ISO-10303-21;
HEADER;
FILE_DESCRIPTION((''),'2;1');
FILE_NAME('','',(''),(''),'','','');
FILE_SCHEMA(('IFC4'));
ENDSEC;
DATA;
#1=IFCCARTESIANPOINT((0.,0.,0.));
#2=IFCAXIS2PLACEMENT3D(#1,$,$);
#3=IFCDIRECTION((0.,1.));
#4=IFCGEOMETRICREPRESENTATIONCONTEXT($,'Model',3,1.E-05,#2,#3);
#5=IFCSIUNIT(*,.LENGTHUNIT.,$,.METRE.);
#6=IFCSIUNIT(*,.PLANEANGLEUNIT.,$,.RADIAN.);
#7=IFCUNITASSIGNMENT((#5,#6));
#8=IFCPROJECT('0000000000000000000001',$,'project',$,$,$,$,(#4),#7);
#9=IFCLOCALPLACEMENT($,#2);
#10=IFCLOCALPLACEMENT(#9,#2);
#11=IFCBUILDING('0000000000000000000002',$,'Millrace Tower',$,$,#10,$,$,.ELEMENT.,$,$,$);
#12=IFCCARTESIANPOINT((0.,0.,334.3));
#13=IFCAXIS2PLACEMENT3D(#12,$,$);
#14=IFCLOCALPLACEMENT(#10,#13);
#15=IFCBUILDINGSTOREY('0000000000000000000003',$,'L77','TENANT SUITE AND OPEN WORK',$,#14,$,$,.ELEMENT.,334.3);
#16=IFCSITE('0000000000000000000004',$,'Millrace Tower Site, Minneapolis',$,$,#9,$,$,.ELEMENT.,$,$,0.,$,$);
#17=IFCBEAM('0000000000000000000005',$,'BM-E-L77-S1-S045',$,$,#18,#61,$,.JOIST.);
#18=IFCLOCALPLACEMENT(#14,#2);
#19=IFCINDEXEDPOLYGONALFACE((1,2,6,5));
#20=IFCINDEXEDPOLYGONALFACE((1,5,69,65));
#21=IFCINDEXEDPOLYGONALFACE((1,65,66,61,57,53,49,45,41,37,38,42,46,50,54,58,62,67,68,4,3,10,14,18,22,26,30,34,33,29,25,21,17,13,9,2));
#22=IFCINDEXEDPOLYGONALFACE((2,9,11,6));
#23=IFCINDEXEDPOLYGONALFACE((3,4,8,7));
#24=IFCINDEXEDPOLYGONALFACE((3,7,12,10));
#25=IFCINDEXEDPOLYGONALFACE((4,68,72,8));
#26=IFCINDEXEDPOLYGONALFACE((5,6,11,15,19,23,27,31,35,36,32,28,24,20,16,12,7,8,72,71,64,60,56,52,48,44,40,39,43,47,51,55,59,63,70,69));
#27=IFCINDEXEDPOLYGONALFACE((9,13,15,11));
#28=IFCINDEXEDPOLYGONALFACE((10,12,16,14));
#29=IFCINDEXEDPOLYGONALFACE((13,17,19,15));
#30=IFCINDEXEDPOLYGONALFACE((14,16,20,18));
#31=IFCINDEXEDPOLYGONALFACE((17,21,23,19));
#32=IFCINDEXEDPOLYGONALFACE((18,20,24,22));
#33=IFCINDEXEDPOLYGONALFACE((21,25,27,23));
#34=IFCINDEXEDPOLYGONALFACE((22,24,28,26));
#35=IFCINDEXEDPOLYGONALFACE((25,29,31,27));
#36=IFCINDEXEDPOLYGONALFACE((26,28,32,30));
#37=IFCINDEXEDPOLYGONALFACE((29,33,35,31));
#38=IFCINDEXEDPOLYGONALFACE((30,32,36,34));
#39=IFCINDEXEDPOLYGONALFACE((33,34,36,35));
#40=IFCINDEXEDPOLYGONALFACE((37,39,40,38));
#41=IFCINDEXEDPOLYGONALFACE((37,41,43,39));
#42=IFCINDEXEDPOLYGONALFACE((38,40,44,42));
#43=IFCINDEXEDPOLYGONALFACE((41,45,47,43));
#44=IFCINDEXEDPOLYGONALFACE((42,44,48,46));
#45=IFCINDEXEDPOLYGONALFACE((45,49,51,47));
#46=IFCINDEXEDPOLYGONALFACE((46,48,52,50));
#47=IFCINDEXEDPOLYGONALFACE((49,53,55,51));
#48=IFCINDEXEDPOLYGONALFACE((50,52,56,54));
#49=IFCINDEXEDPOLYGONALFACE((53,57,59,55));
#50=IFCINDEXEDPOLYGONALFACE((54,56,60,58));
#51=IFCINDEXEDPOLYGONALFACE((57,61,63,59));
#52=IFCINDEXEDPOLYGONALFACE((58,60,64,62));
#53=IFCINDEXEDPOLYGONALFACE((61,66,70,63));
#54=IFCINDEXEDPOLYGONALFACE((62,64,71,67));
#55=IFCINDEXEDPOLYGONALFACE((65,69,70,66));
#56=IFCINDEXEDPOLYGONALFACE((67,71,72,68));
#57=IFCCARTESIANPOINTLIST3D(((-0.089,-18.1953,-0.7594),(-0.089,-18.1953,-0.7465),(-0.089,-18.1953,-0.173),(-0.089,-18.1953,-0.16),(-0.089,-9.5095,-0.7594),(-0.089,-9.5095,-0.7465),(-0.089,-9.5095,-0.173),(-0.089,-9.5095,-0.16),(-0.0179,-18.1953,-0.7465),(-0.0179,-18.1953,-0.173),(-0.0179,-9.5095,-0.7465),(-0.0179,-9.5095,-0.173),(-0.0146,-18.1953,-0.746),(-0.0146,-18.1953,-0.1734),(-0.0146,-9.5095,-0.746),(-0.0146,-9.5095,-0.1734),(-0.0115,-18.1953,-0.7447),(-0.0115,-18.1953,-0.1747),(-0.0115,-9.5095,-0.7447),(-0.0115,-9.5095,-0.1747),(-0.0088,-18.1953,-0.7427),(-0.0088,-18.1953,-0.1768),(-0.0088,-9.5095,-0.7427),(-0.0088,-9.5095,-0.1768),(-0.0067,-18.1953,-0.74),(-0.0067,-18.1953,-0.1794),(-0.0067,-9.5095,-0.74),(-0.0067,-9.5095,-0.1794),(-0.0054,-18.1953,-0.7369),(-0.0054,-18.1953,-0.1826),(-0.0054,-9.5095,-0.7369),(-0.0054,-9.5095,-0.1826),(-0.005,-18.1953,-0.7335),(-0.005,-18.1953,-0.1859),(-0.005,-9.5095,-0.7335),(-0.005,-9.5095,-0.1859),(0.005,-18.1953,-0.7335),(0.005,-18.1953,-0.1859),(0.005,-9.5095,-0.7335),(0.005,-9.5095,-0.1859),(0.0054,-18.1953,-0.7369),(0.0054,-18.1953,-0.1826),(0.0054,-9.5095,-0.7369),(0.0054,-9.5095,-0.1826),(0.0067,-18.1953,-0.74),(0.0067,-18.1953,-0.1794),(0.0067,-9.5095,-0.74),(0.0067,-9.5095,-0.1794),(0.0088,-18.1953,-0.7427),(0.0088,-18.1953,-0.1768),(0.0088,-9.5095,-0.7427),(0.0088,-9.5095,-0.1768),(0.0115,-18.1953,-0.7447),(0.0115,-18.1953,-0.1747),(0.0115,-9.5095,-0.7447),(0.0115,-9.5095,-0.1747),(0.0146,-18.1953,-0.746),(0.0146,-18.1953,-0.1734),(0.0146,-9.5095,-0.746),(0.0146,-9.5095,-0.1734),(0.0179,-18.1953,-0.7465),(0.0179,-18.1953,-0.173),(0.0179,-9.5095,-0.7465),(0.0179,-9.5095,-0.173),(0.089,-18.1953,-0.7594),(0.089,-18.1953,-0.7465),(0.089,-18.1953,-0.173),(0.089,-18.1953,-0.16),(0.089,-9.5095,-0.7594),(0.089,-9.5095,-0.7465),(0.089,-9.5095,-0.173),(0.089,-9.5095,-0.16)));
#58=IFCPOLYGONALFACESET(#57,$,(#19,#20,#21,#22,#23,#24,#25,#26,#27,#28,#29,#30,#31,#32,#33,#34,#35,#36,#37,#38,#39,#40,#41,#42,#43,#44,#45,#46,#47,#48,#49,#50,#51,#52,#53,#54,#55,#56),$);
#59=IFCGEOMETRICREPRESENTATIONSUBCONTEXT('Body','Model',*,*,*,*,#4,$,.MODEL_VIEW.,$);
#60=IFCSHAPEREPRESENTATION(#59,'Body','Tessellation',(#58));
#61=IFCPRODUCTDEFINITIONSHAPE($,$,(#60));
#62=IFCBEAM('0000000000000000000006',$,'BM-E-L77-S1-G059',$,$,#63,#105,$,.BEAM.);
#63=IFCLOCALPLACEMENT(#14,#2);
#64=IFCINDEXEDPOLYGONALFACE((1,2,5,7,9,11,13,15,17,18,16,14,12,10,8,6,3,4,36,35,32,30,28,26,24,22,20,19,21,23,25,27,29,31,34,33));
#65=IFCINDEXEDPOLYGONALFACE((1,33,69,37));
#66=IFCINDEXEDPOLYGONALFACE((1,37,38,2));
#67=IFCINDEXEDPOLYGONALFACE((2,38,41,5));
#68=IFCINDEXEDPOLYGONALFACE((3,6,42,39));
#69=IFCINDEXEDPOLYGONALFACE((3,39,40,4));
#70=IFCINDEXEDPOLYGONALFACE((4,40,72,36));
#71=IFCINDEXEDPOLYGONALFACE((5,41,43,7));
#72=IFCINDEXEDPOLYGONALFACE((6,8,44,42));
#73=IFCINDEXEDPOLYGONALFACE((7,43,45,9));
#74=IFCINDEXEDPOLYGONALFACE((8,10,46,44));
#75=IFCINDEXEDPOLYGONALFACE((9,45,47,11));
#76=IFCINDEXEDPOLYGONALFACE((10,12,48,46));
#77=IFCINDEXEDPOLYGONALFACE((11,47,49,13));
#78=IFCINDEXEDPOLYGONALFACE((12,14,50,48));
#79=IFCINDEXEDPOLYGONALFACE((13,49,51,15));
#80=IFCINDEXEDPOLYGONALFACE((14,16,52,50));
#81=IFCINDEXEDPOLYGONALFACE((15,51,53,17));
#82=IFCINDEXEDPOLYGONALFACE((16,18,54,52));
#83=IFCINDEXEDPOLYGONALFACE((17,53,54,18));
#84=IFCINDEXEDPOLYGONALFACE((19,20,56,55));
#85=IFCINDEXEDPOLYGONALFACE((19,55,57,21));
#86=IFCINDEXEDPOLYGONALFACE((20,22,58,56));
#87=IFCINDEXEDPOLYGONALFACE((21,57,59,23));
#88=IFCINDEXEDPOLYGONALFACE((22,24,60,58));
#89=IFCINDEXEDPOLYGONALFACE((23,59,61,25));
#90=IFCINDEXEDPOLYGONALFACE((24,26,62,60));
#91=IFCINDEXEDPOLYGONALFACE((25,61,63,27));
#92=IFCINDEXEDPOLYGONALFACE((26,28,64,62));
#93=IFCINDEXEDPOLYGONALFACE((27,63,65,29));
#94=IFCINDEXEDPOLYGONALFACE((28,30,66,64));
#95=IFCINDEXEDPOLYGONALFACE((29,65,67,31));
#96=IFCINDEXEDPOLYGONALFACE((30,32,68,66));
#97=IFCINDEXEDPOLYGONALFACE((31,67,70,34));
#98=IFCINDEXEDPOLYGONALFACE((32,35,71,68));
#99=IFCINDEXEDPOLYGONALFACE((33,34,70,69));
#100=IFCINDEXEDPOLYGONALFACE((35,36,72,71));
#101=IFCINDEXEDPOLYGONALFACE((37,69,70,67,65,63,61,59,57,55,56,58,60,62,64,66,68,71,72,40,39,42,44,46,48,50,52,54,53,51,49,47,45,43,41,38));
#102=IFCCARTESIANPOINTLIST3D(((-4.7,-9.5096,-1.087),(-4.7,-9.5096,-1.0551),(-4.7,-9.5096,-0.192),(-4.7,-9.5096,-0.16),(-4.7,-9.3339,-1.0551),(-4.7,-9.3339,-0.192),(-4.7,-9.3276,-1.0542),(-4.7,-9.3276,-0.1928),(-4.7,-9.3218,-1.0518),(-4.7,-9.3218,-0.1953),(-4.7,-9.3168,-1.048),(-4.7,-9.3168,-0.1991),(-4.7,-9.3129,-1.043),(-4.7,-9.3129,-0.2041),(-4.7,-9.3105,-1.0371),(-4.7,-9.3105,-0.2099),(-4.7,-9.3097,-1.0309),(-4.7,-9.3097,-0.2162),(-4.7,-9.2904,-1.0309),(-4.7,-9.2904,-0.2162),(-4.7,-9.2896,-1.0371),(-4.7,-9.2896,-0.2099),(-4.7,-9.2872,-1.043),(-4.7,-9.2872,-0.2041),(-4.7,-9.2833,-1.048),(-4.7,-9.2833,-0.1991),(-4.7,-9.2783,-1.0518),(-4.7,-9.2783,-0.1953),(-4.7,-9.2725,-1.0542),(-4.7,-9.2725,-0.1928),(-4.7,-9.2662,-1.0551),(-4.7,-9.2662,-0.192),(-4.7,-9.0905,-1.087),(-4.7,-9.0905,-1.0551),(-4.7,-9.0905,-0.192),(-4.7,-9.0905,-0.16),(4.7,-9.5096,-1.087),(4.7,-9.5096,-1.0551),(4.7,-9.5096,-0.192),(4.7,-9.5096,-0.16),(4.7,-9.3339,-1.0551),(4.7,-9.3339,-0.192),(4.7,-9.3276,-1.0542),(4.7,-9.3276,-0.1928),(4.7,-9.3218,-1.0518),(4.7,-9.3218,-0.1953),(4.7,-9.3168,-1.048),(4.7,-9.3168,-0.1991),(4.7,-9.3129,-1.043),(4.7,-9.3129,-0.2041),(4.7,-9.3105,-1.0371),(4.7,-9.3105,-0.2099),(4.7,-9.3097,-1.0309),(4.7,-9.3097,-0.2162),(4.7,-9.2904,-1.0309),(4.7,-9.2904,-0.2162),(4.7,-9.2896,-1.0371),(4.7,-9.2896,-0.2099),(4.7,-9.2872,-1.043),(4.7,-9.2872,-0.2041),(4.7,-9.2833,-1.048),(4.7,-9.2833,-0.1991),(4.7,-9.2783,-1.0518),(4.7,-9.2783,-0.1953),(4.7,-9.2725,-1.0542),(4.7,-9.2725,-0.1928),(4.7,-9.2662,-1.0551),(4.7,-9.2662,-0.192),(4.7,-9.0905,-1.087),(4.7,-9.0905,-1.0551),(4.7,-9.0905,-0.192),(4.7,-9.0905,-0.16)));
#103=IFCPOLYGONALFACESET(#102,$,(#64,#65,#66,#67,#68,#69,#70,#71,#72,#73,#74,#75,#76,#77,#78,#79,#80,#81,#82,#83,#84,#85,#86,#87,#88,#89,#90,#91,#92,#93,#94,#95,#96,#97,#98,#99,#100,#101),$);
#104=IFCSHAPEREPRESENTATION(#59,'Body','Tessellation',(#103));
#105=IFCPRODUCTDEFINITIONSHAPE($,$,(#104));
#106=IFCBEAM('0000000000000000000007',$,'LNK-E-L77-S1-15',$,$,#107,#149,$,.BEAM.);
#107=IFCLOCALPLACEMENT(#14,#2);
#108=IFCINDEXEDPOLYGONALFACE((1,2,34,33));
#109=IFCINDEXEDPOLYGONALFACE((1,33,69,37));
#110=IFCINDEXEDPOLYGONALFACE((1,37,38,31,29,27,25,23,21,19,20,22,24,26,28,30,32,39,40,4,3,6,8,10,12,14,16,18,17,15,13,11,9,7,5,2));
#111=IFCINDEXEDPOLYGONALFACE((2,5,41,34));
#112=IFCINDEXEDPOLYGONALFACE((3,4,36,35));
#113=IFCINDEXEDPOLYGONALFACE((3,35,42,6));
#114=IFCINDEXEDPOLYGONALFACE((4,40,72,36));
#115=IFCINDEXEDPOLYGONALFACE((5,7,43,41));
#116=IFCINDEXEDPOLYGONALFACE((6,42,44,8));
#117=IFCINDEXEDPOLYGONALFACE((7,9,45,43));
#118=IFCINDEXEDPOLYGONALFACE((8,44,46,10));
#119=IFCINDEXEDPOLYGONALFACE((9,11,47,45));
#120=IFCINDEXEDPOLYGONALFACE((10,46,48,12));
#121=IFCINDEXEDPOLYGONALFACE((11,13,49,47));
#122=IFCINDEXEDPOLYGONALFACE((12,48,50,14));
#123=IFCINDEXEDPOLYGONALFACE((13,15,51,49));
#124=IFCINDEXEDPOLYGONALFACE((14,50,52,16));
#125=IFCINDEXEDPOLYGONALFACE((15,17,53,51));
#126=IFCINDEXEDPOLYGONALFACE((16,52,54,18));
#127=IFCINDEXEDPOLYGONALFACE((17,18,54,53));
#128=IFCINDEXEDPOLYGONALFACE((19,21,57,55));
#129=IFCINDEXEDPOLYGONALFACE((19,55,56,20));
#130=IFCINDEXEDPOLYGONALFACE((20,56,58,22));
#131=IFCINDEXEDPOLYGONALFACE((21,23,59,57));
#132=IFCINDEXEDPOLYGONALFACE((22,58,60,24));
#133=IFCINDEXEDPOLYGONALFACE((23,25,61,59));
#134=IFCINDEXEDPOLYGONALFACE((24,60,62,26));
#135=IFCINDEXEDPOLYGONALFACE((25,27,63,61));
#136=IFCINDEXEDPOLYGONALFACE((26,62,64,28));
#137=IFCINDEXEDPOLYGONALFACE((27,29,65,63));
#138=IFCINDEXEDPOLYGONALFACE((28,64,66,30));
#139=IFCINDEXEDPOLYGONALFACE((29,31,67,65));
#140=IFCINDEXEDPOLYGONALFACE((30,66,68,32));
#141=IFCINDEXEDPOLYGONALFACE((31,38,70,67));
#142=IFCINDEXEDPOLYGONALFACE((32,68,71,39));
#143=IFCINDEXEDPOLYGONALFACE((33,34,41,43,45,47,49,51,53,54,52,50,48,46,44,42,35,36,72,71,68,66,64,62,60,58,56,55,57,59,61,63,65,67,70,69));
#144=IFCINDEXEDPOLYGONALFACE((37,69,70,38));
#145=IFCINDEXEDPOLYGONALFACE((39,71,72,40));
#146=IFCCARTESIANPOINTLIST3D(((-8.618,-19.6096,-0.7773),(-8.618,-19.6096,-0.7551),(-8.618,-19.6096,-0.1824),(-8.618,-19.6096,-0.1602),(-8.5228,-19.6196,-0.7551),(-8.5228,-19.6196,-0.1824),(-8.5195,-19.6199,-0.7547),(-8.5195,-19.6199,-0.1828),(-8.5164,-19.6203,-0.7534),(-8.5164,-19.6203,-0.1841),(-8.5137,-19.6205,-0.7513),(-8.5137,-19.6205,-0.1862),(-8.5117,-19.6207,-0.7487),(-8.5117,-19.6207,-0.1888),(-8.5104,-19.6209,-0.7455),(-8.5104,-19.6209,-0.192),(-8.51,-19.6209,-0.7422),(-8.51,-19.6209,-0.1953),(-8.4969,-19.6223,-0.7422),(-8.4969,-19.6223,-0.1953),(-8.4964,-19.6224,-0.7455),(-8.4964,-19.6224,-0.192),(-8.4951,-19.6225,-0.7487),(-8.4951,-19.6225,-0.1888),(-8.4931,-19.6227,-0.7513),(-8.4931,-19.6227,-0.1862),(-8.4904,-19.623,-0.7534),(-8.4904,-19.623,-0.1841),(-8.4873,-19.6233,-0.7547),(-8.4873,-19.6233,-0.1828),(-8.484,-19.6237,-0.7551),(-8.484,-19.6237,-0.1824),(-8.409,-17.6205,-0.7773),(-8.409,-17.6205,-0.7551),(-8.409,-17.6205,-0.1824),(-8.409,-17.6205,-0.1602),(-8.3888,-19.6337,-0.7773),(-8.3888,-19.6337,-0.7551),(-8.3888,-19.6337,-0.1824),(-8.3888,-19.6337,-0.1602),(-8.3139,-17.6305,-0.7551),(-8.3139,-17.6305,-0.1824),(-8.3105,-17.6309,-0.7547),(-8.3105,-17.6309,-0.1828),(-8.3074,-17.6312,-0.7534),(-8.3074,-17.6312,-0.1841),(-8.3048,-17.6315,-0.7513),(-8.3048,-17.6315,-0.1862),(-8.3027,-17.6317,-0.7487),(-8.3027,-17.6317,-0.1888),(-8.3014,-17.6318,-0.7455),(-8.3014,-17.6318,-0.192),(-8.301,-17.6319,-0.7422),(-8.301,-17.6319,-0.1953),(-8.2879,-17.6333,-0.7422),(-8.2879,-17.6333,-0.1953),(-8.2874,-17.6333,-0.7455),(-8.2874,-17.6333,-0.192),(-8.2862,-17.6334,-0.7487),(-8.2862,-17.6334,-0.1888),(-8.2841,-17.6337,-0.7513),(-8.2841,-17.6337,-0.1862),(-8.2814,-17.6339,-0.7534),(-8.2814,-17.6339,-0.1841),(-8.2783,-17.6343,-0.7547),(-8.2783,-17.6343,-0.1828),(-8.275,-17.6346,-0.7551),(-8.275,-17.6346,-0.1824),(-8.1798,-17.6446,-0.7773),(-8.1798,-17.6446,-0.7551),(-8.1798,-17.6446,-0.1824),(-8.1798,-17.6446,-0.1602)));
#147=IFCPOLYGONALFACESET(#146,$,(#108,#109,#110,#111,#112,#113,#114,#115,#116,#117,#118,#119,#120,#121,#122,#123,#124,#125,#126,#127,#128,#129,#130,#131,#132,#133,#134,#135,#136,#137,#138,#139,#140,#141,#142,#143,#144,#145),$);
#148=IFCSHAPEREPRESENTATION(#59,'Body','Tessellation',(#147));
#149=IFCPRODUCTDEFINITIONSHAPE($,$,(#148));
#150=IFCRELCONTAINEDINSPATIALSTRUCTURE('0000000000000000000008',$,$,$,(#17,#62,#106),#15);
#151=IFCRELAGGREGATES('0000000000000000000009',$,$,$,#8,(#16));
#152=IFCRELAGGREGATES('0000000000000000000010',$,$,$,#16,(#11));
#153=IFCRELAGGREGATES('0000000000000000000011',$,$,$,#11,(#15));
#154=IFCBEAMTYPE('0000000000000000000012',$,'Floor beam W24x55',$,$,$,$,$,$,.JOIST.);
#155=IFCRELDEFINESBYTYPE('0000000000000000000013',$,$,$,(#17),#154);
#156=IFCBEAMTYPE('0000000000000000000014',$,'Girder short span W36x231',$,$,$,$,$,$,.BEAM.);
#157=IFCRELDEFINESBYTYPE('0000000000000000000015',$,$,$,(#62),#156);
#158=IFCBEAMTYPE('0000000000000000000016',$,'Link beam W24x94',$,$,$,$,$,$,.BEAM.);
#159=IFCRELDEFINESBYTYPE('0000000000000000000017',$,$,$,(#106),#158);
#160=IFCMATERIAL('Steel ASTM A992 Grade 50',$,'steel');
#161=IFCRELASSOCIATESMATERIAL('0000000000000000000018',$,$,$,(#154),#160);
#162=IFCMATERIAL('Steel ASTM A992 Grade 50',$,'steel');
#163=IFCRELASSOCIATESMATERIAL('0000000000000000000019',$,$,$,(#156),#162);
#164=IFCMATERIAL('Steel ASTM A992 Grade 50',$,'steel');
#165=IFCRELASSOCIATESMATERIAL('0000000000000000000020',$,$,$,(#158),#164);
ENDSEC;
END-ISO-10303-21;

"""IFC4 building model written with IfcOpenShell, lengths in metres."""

from ifc_helpers import new_model, si_unit, direction, frame, origin, origin_2d, place, context, subcontext, project, spatial, i_section, extrude, material, material_profile, profile_set, type_object, element, save


model = new_model("IFC4")

# Units and contexts
model_context = context("Model", 3, precision=1e-05, world=origin(), true_north=direction((0.0, 1.0)))
body_context = subcontext(model_context, "Body", "Model", "MODEL_VIEW")
ifc_project = project(units=[si_unit("LENGTHUNIT", "METRE"), si_unit("PLANEANGLEUNIT", "RADIAN")], contexts=[model_context])

# Site, building, storey
site_placement = place(None, origin())
site = spatial("IfcSite", under=ifc_project, at=site_placement, Name="Millrace Tower Site, Minneapolis", CompositionType="ELEMENT", RefElevation=0.0)
building_placement = place(site_placement, origin())
building = spatial("IfcBuilding", under=site, at=building_placement, Name="Millrace Tower", CompositionType="ELEMENT")
storey_placement = place(building_placement, frame((0.0, 0.0, 334.3)))
storey = spatial("IfcBuildingStorey", under=building, at=storey_placement, Name="L77", Description="TENANT SUITE AND OPEN WORK", CompositionType="ELEMENT", Elevation=334.3)

# Beams
ifc_material_1 = material(Name="Steel ASTM A992 Grade 50", Category="steel")
ifc_material_profile_1 = material_profile(ifc_material_1, i_section(OverallWidth=0.178, OverallDepth=0.5994, WebThickness=0.01, FlangeThickness=0.0129, FilletRadius=0.0129, at=origin_2d()))
ifc_profile_set_1 = profile_set([ifc_material_profile_1], Name="Steel ASTM A992 Grade 50")
beam_type_1 = type_object("IfcBeamType", Name="Floor beam W24x55", PredefinedType="JOIST", material=ifc_profile_set_1)
beam_1_placement = place(storey_placement, frame((0.0, -18.1953, -0.4597), z_axis=(0.0, 1.0, 0.0), x_axis=(-1.0, 0.0, 0.0)))
element("IfcBeam", 1, at=beam_1_placement, inside=storey, type_object=beam_type_1, Name="BM-E-L77-S1-S045", PredefinedType="JOIST", context=body_context, shape_type="SweptSolid", body=[
    extrude(i_section(OverallWidth=0.178, OverallDepth=0.5994, WebThickness=0.01, FlangeThickness=0.0129, FilletRadius=0.0129, at=origin_2d()), origin(), (0.0, 0.0, 1.0), 8.6858),
])
ifc_material_2 = material(Name="Steel ASTM A992 Grade 50", Category="steel")
ifc_material_profile_2 = material_profile(ifc_material_2, i_section(OverallWidth=0.4192, OverallDepth=0.927, WebThickness=0.0193, FlangeThickness=0.032, FilletRadius=0.0242, at=origin_2d()))
ifc_profile_set_2 = profile_set([ifc_material_profile_2], Name="Steel ASTM A992 Grade 50")
beam_type_2 = type_object("IfcBeamType", Name="Girder short span W36x231", PredefinedType="BEAM", material=ifc_profile_set_2)
beam_2_placement = place(storey_placement, frame((-4.7, -9.3, -0.6235), z_axis=(1.0, 0.0, 0.0), x_axis=(0.0, 1.0, 0.0)))
element("IfcBeam", 2, at=beam_2_placement, inside=storey, type_object=beam_type_2, Name="BM-E-L77-S1-G059", PredefinedType="BEAM", context=body_context, shape_type="SweptSolid", body=[
    extrude(i_section(OverallWidth=0.4192, OverallDepth=0.927, WebThickness=0.0193, FlangeThickness=0.032, FilletRadius=0.0242, at=origin_2d()), origin(), (0.0, 0.0, 1.0), 9.3999),
])
ifc_material_3 = material(Name="Steel ASTM A992 Grade 50", Category="steel")
ifc_material_profile_3 = material_profile(ifc_material_3, i_section(OverallWidth=0.2305, OverallDepth=0.6172, WebThickness=0.0132, FlangeThickness=0.0222, FilletRadius=0.0129, at=origin_2d()))
ifc_profile_set_3 = profile_set([ifc_material_profile_3], Name="Steel ASTM A992 Grade 50")
beam_type_3 = type_object("IfcBeamType", Name="Link beam W24x94", PredefinedType="BEAM", material=ifc_profile_set_3)
beam_3_placement = place(storey_placement, frame((-8.2944, -17.6326, -0.4688), z_axis=(-0.104494, -0.994526, 0.0), x_axis=(0.994526, -0.104494, 0.0)))
element("IfcBeam", 3, at=beam_3_placement, inside=storey, type_object=beam_type_3, Name="LNK-E-L77-S1-15", PredefinedType="BEAM", context=body_context, shape_type="SweptSolid", body=[
    extrude(i_section(OverallWidth=0.2305, OverallDepth=0.6172, WebThickness=0.0132, FlangeThickness=0.0222, FilletRadius=0.0129, at=origin_2d()), origin(), (0.0, 0.0, 1.0), 2.0),
])

save(model, "model.ifc")
